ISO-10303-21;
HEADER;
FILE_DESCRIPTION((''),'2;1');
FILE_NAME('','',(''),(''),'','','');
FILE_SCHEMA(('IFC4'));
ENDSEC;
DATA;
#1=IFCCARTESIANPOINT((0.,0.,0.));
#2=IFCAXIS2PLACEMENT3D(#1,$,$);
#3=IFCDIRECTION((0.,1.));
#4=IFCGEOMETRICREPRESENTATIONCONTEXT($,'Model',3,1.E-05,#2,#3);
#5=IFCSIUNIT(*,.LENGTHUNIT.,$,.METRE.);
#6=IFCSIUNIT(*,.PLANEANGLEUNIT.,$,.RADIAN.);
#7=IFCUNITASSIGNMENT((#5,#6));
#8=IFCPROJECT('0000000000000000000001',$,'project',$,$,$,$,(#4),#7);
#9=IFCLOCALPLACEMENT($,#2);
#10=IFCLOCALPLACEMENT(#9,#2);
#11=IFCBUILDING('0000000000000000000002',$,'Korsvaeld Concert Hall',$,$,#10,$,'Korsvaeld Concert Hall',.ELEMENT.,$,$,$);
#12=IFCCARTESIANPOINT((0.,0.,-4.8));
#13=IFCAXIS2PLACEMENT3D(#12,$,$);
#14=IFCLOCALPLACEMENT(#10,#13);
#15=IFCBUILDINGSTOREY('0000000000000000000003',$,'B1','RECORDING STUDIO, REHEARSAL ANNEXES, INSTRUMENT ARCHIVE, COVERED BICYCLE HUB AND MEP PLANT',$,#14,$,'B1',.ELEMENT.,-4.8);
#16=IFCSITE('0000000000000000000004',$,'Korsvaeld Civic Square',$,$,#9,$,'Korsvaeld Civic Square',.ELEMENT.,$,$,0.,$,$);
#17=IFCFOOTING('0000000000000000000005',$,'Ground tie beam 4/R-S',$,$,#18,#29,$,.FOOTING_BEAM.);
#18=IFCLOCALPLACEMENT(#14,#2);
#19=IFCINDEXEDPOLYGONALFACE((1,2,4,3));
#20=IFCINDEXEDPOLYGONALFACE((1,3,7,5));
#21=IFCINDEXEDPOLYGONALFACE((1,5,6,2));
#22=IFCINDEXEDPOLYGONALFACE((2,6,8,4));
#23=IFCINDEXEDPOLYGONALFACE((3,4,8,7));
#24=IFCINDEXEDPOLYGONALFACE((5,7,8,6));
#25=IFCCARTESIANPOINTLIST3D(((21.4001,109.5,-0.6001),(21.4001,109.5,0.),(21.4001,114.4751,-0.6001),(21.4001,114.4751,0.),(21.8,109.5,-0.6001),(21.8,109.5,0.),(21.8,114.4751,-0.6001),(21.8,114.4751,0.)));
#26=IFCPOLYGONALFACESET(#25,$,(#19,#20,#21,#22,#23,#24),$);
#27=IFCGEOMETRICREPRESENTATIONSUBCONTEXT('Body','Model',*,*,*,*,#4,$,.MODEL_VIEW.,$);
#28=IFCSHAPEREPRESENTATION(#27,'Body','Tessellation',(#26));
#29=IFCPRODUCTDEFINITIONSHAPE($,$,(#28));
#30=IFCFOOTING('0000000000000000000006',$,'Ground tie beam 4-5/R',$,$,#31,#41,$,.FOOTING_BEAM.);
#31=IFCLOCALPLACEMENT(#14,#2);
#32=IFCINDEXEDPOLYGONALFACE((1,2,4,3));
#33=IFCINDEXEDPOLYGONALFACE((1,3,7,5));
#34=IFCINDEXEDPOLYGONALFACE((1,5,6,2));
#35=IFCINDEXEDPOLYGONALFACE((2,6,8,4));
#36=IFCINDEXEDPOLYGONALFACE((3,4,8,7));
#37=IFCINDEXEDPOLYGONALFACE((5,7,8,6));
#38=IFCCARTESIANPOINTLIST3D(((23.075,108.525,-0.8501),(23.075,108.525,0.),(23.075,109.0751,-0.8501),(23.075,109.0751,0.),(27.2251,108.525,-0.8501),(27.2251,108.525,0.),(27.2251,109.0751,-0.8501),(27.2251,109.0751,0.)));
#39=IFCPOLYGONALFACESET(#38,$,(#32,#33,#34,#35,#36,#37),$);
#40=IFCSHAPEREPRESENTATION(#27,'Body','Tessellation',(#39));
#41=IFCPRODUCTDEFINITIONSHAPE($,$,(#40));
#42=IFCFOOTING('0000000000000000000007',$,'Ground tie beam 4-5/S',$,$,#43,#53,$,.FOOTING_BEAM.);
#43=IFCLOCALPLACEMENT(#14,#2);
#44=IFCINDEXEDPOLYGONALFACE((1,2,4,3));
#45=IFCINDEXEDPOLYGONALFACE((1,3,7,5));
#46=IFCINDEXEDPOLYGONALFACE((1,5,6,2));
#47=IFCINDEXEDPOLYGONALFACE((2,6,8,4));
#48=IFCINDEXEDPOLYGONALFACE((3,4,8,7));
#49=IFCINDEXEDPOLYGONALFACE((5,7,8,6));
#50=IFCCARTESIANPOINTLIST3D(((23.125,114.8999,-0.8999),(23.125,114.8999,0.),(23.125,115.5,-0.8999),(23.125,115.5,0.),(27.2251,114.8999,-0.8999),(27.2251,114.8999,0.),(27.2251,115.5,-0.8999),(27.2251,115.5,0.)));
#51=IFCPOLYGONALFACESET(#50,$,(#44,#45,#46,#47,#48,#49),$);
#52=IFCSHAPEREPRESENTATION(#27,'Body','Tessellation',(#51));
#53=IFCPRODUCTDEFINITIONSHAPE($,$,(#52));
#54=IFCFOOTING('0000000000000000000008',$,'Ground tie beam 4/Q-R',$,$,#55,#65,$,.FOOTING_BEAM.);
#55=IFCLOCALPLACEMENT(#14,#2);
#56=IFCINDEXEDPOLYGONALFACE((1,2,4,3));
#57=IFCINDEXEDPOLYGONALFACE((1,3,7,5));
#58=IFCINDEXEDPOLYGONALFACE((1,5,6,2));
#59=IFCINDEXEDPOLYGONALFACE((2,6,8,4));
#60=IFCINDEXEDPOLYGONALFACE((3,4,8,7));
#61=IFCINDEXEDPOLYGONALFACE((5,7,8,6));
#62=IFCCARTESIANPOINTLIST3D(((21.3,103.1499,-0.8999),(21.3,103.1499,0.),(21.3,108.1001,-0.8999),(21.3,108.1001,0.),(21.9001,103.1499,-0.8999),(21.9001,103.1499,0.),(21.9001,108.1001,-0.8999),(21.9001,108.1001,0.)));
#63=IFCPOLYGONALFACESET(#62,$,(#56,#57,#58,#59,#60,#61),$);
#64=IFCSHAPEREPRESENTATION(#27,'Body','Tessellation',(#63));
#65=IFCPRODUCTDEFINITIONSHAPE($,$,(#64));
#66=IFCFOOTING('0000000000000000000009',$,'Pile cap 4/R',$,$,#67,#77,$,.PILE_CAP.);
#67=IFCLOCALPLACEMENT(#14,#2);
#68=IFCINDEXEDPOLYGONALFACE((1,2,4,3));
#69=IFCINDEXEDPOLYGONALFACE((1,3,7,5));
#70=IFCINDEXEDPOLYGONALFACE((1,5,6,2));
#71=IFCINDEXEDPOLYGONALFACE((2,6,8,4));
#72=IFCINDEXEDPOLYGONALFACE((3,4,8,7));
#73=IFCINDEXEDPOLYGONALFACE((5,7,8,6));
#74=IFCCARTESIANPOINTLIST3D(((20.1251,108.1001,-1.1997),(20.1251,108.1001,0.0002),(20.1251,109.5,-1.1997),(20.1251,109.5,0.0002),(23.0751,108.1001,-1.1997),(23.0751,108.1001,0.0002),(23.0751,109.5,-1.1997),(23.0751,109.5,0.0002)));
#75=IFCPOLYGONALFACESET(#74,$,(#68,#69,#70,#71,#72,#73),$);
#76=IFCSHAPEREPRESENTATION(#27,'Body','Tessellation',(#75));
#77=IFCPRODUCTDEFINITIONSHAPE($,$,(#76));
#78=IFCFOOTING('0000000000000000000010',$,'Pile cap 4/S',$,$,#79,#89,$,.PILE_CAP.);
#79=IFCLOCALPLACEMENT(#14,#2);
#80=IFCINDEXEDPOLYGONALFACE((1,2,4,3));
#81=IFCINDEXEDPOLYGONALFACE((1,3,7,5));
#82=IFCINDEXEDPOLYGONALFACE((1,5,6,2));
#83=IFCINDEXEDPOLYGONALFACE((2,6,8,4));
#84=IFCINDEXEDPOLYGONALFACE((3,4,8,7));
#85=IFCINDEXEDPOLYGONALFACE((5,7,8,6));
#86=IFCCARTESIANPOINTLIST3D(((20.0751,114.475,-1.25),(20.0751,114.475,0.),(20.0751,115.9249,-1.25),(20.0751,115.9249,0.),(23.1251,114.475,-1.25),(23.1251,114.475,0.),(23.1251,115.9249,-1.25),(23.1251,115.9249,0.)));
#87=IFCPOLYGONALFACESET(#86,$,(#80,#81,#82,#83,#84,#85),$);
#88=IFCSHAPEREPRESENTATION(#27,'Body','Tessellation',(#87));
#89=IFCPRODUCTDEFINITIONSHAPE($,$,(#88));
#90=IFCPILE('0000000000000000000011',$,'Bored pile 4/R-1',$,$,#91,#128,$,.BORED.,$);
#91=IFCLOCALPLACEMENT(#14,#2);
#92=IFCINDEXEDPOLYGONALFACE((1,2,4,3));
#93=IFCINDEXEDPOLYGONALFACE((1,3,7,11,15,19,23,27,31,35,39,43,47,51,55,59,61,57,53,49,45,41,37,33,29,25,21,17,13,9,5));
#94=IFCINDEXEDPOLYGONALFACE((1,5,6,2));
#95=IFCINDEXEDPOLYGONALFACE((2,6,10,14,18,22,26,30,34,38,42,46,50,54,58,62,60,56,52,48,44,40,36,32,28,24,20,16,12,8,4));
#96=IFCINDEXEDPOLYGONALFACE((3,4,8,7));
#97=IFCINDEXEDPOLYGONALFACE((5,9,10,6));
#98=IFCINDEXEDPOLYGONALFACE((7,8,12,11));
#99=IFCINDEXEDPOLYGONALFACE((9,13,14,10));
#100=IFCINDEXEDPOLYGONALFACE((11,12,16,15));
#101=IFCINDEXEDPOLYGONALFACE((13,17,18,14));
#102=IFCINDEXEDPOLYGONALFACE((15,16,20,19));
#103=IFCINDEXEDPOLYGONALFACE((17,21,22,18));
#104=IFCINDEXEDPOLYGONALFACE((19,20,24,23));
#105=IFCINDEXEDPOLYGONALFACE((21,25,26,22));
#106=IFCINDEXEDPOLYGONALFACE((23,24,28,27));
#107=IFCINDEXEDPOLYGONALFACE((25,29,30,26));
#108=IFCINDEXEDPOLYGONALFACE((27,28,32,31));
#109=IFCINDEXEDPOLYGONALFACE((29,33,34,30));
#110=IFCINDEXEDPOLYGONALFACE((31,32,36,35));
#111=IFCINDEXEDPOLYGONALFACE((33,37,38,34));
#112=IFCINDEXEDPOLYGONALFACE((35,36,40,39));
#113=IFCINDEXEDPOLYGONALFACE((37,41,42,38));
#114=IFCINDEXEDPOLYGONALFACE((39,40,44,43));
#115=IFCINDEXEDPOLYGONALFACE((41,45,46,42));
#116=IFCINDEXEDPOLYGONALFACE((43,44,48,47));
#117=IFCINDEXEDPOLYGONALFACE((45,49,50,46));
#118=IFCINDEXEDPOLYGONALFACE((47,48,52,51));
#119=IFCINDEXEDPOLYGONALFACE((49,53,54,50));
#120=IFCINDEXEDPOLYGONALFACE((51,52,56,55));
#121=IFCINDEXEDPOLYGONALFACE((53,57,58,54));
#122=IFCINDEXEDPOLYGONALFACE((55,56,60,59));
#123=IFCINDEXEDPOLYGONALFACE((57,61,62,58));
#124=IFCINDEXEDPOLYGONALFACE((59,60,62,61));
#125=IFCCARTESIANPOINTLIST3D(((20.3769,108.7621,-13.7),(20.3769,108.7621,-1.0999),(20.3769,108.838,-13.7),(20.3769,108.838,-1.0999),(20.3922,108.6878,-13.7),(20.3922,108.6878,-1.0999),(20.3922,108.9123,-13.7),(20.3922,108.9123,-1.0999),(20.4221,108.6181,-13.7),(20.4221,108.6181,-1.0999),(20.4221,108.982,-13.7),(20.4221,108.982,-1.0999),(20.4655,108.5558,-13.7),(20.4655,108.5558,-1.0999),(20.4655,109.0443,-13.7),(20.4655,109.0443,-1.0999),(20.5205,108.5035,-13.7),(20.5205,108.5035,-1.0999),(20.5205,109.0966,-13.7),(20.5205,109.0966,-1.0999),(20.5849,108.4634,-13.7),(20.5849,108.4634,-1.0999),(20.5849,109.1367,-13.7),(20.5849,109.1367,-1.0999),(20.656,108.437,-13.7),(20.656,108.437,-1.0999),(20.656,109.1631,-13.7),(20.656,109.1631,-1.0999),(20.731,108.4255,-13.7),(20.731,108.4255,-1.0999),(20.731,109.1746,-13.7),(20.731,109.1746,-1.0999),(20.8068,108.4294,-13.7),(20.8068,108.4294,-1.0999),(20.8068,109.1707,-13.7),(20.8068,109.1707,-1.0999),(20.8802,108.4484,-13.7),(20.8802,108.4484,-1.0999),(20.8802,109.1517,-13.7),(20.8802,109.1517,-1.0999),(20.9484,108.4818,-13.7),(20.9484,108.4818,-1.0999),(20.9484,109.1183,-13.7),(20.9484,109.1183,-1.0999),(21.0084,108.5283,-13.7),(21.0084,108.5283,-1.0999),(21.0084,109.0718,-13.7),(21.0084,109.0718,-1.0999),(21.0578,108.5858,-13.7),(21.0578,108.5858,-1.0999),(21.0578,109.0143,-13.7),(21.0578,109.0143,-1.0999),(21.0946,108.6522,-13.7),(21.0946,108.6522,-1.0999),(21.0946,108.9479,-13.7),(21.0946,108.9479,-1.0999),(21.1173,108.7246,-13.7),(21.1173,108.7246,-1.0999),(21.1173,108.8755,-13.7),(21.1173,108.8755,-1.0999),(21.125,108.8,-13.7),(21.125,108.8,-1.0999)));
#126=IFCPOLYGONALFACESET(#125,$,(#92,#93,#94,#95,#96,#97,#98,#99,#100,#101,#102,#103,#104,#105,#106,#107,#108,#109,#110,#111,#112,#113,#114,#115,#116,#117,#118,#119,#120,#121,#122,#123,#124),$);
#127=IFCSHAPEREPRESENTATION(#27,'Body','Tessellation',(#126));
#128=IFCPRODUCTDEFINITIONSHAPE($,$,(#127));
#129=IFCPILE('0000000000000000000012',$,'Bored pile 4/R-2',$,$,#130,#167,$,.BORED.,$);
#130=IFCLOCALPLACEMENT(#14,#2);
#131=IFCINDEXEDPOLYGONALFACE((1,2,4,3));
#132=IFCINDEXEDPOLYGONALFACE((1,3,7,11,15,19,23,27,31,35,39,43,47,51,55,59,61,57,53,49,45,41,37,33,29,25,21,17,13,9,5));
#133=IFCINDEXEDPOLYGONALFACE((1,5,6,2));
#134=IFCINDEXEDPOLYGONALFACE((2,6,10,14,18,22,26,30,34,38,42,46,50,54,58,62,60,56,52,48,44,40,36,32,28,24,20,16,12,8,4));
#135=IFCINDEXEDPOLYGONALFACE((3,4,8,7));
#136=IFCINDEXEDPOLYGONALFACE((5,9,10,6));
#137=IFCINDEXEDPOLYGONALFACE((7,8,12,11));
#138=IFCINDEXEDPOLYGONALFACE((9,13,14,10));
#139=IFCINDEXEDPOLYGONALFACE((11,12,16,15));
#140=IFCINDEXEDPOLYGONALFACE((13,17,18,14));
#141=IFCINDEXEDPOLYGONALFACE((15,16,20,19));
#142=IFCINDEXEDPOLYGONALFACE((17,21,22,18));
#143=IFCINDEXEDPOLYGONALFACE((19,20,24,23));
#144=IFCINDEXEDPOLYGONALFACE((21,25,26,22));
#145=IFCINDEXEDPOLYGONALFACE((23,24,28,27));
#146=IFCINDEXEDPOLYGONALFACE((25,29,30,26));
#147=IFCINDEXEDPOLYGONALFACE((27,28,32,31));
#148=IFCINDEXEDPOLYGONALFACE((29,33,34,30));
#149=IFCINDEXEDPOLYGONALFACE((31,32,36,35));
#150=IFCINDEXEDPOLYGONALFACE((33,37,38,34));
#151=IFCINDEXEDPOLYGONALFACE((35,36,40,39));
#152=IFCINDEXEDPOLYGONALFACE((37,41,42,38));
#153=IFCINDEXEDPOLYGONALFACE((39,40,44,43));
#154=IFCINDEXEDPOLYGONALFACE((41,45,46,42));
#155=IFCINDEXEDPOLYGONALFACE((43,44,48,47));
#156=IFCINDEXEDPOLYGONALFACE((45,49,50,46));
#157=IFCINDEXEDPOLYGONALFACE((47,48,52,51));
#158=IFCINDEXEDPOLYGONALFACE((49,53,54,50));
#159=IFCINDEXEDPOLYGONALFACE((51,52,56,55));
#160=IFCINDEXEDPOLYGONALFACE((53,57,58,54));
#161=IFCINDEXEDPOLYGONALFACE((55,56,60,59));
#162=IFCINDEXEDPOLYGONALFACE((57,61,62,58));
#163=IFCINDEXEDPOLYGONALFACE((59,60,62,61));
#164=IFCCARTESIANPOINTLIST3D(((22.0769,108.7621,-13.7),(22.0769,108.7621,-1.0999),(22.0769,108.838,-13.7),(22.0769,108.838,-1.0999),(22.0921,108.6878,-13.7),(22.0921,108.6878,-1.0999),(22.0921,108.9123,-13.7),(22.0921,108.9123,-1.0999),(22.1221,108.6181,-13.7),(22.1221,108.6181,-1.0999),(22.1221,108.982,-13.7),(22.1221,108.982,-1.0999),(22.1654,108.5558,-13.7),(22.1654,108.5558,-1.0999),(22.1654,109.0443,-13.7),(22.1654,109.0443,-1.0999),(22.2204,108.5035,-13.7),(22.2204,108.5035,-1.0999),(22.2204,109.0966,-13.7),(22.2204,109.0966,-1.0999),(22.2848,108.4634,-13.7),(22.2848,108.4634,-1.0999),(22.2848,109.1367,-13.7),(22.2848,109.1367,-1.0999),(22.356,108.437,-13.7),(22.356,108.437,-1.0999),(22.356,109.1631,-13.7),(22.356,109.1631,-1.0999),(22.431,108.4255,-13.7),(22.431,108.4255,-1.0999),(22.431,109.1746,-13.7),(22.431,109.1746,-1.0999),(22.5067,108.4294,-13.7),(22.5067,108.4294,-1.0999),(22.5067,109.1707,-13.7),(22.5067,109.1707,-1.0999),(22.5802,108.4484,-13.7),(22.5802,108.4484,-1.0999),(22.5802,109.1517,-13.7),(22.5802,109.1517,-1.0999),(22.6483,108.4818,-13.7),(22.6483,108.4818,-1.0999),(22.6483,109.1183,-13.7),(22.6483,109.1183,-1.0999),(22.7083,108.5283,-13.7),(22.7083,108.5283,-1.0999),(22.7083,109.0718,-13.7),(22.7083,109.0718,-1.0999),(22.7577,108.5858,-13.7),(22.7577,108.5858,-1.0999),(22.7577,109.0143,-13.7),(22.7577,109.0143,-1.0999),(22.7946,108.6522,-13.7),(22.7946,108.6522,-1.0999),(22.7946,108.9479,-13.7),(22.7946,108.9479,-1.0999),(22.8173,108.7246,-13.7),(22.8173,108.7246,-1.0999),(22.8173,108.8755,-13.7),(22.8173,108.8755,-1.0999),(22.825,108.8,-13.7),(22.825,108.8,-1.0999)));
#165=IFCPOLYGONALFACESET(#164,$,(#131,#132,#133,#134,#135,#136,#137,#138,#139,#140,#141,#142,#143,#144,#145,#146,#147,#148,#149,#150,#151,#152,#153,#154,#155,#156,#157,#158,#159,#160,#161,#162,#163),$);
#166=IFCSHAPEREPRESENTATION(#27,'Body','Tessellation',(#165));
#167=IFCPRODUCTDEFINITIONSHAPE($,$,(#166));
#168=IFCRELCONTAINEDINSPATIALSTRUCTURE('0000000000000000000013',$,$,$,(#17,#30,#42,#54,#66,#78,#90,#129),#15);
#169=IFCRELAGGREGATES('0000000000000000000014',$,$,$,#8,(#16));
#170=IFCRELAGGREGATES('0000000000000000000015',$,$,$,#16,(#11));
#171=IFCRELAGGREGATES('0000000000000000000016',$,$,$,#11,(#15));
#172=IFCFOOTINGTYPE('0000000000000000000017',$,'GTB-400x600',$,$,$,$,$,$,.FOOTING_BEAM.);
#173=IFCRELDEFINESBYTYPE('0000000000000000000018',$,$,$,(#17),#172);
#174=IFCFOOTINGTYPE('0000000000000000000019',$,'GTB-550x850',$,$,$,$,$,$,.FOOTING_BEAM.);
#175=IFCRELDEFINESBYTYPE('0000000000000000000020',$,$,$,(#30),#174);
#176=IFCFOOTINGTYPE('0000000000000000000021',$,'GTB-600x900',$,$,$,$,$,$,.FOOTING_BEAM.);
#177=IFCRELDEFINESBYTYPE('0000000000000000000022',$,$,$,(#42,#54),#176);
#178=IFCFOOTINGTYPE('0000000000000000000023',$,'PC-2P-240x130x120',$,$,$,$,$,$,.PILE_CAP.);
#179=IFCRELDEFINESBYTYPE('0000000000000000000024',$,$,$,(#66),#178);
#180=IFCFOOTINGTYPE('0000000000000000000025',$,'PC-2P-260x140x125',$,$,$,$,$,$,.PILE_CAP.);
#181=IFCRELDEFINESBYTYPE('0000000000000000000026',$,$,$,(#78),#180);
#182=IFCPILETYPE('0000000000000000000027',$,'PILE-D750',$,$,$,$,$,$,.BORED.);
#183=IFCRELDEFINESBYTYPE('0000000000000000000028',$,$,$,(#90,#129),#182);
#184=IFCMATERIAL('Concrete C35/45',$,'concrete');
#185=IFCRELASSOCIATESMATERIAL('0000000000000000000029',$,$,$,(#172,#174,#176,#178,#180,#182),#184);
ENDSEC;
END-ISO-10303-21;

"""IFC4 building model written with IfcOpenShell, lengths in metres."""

from ifc_helpers import new_model, si_unit, direction, frame, origin, origin_2d, place, context, subcontext, project, spatial, rectangle, circle, extrude, material, material_profile, profile_set, type_object, element, save


model = new_model("IFC4")

# Units and contexts
model_context = context("Model", 3, precision=1e-05, world=origin(), true_north=direction((0.0, 1.0)))
body_context = subcontext(model_context, "Body", "Model", "MODEL_VIEW")
ifc_project = project(units=[si_unit("LENGTHUNIT", "METRE"), si_unit("PLANEANGLEUNIT", "RADIAN")], contexts=[model_context])

# Site, building, storey
site_placement = place(None, origin())
site = spatial("IfcSite", under=ifc_project, at=site_placement, Name="Korsvaeld Civic Square", LongName="Korsvaeld Civic Square", CompositionType="ELEMENT", RefElevation=0.0)
building_placement = place(site_placement, origin())
building = spatial("IfcBuilding", under=site, at=building_placement, Name="Korsvaeld Concert Hall", LongName="Korsvaeld Concert Hall", CompositionType="ELEMENT")
storey_placement = place(building_placement, frame((0.0, 0.0, -4.8)))
storey = spatial("IfcBuildingStorey", under=building, at=storey_placement, Name="B1", Description="RECORDING STUDIO, REHEARSAL ANNEXES, INSTRUMENT ARCHIVE, COVERED BICYCLE HUB AND MEP PLANT", LongName="B1", CompositionType="ELEMENT", Elevation=-4.8)

# Footings
ifc_material_1 = material(Name="Concrete C35/45", Category="concrete")
ifc_material_profile_1 = material_profile(ifc_material_1, rectangle(XDim=0.3999, YDim=0.6001, at=origin_2d()), Name="GTB 400x600")
ifc_profile_set_1 = profile_set([ifc_material_profile_1], Name="Concrete C35/45")
footing_type_1 = type_object("IfcFootingType", Name="GTB-400x600", PredefinedType="FOOTING_BEAM", material=ifc_profile_set_1)
footing_1_placement = place(storey_placement, frame((21.6001, 109.5, -0.3), z_axis=(0.0, 1.0, 0.0), x_axis=(-1.0, 0.0, 0.0)))
element("IfcFooting", 1, at=footing_1_placement, inside=storey, type_object=footing_type_1, Name="Ground tie beam 4/R-S", PredefinedType="FOOTING_BEAM", context=body_context, shape_type="SweptSolid", body=[
    extrude(rectangle(XDim=0.3999, YDim=0.6001, at=origin_2d()), origin(), (0.0, 0.0, 1.0), 4.9751),
])
ifc_material_profile_2 = material_profile(ifc_material_1, rectangle(XDim=0.55, YDim=0.8501, at=origin_2d()), Name="GTB 550x850")
ifc_profile_set_2 = profile_set([ifc_material_profile_2], Name="Concrete C35/45")
footing_type_2 = type_object("IfcFootingType", Name="GTB-550x850", PredefinedType="FOOTING_BEAM", material=ifc_profile_set_2)
footing_2_placement = place(storey_placement, frame((23.075, 108.8, -0.425), z_axis=(1.0, 0.0, 0.0), x_axis=(0.0, 1.0, 0.0)))
element("IfcFooting", 2, at=footing_2_placement, inside=storey, type_object=footing_type_2, Name="Ground tie beam 4-5/R", PredefinedType="FOOTING_BEAM", context=body_context, shape_type="SweptSolid", body=[
    extrude(rectangle(XDim=0.55, YDim=0.8501, at=origin_2d()), origin(), (0.0, 0.0, 1.0), 4.1501),
])
ifc_material_profile_3 = material_profile(ifc_material_1, rectangle(XDim=0.6001, YDim=0.8999, at=origin_2d()), Name="GTB 600x900")
ifc_profile_set_3 = profile_set([ifc_material_profile_3], Name="Concrete C35/45")
footing_type_3 = type_object("IfcFootingType", Name="GTB-600x900", PredefinedType="FOOTING_BEAM", material=ifc_profile_set_3)
footing_3_placement = place(storey_placement, frame((23.125, 115.2, -0.45), z_axis=(1.0, 0.0, 0.0), x_axis=(0.0, 1.0, 0.0)))
element("IfcFooting", 3, at=footing_3_placement, inside=storey, type_object=footing_type_3, Name="Ground tie beam 4-5/S", PredefinedType="FOOTING_BEAM", context=body_context, shape_type="SweptSolid", body=[
    extrude(rectangle(XDim=0.6001, YDim=0.8999, at=origin_2d()), origin(), (0.0, 0.0, 1.0), 4.1001),
])
footing_4_placement = place(storey_placement, frame((21.6001, 103.1499, -0.45), z_axis=(0.0, 1.0, 0.0), x_axis=(-1.0, 0.0, 0.0)))
element("IfcFooting", 4, at=footing_4_placement, inside=storey, type_object=footing_type_3, Name="Ground tie beam 4/Q-R", PredefinedType="FOOTING_BEAM", context=body_context, shape_type="SweptSolid", body=[
    extrude(rectangle(XDim=0.6001, YDim=0.8999, at=origin_2d()), origin(), (0.0, 0.0, 1.0), 4.9502),
])
footing_type_4 = type_object("IfcFootingType", Name="PC-2P-240x130x120", PredefinedType="PILE_CAP", material=ifc_material_1)
footing_5_placement = place(storey_placement, frame((21.6001, 108.8, -1.1997), z_axis=(0.0, 0.0, 1.0), x_axis=(1.0, 0.0, 0.0)))
element("IfcFooting", 5, at=footing_5_placement, inside=storey, type_object=footing_type_4, Name="Pile cap 4/R", PredefinedType="PILE_CAP", context=body_context, shape_type="SweptSolid", body=[
    extrude(rectangle(XDim=2.95, YDim=1.3999, at=origin_2d()), origin(), (0.0, 0.0, 1.0), 1.2),
])
footing_type_5 = type_object("IfcFootingType", Name="PC-2P-260x140x125", PredefinedType="PILE_CAP", material=ifc_material_1)
footing_6_placement = place(storey_placement, frame((21.6001, 115.2, -1.25), z_axis=(0.0, 0.0, 1.0), x_axis=(1.0, 0.0, 0.0)))
element("IfcFooting", 6, at=footing_6_placement, inside=storey, type_object=footing_type_5, Name="Pile cap 4/S", PredefinedType="PILE_CAP", context=body_context, shape_type="SweptSolid", body=[
    extrude(rectangle(XDim=3.05, YDim=1.45, at=origin_2d()), origin(), (0.0, 0.0, 1.0), 1.25),
])

# Piles
ifc_material_profile_4 = material_profile(ifc_material_1, circle(Radius=0.375, at=origin_2d()), Name="BORED PILE D750")
ifc_profile_set_4 = profile_set([ifc_material_profile_4], Name="Concrete C35/45")
pile_type_1 = type_object("IfcPileType", Name="PILE-D750", PredefinedType="BORED", material=ifc_profile_set_4)
for number, where, z_axis, x_axis, name in (
    (7, (20.75, 108.8, -1.0999), (0.0, 0.0, -1.0), (1.0, 0.0, 0.0), "Bored pile 4/R-1"),
    (8, (22.45, 108.8, -1.0999), (0.0, 0.0, -1.0), (1.0, 0.0, 0.0), "Bored pile 4/R-2"),
):
    element("IfcPile", number, at=place(storey_placement, frame(where, z_axis=z_axis, x_axis=x_axis)), inside=storey, type_object=pile_type_1, Name=name, PredefinedType="BORED", context=body_context, shape_type="SweptSolid", body=[
        extrude(circle(Radius=0.375, at=origin_2d()), origin(), (0.0, 0.0, 1.0), 12.6001),
    ])

save(model, "model.ifc")
